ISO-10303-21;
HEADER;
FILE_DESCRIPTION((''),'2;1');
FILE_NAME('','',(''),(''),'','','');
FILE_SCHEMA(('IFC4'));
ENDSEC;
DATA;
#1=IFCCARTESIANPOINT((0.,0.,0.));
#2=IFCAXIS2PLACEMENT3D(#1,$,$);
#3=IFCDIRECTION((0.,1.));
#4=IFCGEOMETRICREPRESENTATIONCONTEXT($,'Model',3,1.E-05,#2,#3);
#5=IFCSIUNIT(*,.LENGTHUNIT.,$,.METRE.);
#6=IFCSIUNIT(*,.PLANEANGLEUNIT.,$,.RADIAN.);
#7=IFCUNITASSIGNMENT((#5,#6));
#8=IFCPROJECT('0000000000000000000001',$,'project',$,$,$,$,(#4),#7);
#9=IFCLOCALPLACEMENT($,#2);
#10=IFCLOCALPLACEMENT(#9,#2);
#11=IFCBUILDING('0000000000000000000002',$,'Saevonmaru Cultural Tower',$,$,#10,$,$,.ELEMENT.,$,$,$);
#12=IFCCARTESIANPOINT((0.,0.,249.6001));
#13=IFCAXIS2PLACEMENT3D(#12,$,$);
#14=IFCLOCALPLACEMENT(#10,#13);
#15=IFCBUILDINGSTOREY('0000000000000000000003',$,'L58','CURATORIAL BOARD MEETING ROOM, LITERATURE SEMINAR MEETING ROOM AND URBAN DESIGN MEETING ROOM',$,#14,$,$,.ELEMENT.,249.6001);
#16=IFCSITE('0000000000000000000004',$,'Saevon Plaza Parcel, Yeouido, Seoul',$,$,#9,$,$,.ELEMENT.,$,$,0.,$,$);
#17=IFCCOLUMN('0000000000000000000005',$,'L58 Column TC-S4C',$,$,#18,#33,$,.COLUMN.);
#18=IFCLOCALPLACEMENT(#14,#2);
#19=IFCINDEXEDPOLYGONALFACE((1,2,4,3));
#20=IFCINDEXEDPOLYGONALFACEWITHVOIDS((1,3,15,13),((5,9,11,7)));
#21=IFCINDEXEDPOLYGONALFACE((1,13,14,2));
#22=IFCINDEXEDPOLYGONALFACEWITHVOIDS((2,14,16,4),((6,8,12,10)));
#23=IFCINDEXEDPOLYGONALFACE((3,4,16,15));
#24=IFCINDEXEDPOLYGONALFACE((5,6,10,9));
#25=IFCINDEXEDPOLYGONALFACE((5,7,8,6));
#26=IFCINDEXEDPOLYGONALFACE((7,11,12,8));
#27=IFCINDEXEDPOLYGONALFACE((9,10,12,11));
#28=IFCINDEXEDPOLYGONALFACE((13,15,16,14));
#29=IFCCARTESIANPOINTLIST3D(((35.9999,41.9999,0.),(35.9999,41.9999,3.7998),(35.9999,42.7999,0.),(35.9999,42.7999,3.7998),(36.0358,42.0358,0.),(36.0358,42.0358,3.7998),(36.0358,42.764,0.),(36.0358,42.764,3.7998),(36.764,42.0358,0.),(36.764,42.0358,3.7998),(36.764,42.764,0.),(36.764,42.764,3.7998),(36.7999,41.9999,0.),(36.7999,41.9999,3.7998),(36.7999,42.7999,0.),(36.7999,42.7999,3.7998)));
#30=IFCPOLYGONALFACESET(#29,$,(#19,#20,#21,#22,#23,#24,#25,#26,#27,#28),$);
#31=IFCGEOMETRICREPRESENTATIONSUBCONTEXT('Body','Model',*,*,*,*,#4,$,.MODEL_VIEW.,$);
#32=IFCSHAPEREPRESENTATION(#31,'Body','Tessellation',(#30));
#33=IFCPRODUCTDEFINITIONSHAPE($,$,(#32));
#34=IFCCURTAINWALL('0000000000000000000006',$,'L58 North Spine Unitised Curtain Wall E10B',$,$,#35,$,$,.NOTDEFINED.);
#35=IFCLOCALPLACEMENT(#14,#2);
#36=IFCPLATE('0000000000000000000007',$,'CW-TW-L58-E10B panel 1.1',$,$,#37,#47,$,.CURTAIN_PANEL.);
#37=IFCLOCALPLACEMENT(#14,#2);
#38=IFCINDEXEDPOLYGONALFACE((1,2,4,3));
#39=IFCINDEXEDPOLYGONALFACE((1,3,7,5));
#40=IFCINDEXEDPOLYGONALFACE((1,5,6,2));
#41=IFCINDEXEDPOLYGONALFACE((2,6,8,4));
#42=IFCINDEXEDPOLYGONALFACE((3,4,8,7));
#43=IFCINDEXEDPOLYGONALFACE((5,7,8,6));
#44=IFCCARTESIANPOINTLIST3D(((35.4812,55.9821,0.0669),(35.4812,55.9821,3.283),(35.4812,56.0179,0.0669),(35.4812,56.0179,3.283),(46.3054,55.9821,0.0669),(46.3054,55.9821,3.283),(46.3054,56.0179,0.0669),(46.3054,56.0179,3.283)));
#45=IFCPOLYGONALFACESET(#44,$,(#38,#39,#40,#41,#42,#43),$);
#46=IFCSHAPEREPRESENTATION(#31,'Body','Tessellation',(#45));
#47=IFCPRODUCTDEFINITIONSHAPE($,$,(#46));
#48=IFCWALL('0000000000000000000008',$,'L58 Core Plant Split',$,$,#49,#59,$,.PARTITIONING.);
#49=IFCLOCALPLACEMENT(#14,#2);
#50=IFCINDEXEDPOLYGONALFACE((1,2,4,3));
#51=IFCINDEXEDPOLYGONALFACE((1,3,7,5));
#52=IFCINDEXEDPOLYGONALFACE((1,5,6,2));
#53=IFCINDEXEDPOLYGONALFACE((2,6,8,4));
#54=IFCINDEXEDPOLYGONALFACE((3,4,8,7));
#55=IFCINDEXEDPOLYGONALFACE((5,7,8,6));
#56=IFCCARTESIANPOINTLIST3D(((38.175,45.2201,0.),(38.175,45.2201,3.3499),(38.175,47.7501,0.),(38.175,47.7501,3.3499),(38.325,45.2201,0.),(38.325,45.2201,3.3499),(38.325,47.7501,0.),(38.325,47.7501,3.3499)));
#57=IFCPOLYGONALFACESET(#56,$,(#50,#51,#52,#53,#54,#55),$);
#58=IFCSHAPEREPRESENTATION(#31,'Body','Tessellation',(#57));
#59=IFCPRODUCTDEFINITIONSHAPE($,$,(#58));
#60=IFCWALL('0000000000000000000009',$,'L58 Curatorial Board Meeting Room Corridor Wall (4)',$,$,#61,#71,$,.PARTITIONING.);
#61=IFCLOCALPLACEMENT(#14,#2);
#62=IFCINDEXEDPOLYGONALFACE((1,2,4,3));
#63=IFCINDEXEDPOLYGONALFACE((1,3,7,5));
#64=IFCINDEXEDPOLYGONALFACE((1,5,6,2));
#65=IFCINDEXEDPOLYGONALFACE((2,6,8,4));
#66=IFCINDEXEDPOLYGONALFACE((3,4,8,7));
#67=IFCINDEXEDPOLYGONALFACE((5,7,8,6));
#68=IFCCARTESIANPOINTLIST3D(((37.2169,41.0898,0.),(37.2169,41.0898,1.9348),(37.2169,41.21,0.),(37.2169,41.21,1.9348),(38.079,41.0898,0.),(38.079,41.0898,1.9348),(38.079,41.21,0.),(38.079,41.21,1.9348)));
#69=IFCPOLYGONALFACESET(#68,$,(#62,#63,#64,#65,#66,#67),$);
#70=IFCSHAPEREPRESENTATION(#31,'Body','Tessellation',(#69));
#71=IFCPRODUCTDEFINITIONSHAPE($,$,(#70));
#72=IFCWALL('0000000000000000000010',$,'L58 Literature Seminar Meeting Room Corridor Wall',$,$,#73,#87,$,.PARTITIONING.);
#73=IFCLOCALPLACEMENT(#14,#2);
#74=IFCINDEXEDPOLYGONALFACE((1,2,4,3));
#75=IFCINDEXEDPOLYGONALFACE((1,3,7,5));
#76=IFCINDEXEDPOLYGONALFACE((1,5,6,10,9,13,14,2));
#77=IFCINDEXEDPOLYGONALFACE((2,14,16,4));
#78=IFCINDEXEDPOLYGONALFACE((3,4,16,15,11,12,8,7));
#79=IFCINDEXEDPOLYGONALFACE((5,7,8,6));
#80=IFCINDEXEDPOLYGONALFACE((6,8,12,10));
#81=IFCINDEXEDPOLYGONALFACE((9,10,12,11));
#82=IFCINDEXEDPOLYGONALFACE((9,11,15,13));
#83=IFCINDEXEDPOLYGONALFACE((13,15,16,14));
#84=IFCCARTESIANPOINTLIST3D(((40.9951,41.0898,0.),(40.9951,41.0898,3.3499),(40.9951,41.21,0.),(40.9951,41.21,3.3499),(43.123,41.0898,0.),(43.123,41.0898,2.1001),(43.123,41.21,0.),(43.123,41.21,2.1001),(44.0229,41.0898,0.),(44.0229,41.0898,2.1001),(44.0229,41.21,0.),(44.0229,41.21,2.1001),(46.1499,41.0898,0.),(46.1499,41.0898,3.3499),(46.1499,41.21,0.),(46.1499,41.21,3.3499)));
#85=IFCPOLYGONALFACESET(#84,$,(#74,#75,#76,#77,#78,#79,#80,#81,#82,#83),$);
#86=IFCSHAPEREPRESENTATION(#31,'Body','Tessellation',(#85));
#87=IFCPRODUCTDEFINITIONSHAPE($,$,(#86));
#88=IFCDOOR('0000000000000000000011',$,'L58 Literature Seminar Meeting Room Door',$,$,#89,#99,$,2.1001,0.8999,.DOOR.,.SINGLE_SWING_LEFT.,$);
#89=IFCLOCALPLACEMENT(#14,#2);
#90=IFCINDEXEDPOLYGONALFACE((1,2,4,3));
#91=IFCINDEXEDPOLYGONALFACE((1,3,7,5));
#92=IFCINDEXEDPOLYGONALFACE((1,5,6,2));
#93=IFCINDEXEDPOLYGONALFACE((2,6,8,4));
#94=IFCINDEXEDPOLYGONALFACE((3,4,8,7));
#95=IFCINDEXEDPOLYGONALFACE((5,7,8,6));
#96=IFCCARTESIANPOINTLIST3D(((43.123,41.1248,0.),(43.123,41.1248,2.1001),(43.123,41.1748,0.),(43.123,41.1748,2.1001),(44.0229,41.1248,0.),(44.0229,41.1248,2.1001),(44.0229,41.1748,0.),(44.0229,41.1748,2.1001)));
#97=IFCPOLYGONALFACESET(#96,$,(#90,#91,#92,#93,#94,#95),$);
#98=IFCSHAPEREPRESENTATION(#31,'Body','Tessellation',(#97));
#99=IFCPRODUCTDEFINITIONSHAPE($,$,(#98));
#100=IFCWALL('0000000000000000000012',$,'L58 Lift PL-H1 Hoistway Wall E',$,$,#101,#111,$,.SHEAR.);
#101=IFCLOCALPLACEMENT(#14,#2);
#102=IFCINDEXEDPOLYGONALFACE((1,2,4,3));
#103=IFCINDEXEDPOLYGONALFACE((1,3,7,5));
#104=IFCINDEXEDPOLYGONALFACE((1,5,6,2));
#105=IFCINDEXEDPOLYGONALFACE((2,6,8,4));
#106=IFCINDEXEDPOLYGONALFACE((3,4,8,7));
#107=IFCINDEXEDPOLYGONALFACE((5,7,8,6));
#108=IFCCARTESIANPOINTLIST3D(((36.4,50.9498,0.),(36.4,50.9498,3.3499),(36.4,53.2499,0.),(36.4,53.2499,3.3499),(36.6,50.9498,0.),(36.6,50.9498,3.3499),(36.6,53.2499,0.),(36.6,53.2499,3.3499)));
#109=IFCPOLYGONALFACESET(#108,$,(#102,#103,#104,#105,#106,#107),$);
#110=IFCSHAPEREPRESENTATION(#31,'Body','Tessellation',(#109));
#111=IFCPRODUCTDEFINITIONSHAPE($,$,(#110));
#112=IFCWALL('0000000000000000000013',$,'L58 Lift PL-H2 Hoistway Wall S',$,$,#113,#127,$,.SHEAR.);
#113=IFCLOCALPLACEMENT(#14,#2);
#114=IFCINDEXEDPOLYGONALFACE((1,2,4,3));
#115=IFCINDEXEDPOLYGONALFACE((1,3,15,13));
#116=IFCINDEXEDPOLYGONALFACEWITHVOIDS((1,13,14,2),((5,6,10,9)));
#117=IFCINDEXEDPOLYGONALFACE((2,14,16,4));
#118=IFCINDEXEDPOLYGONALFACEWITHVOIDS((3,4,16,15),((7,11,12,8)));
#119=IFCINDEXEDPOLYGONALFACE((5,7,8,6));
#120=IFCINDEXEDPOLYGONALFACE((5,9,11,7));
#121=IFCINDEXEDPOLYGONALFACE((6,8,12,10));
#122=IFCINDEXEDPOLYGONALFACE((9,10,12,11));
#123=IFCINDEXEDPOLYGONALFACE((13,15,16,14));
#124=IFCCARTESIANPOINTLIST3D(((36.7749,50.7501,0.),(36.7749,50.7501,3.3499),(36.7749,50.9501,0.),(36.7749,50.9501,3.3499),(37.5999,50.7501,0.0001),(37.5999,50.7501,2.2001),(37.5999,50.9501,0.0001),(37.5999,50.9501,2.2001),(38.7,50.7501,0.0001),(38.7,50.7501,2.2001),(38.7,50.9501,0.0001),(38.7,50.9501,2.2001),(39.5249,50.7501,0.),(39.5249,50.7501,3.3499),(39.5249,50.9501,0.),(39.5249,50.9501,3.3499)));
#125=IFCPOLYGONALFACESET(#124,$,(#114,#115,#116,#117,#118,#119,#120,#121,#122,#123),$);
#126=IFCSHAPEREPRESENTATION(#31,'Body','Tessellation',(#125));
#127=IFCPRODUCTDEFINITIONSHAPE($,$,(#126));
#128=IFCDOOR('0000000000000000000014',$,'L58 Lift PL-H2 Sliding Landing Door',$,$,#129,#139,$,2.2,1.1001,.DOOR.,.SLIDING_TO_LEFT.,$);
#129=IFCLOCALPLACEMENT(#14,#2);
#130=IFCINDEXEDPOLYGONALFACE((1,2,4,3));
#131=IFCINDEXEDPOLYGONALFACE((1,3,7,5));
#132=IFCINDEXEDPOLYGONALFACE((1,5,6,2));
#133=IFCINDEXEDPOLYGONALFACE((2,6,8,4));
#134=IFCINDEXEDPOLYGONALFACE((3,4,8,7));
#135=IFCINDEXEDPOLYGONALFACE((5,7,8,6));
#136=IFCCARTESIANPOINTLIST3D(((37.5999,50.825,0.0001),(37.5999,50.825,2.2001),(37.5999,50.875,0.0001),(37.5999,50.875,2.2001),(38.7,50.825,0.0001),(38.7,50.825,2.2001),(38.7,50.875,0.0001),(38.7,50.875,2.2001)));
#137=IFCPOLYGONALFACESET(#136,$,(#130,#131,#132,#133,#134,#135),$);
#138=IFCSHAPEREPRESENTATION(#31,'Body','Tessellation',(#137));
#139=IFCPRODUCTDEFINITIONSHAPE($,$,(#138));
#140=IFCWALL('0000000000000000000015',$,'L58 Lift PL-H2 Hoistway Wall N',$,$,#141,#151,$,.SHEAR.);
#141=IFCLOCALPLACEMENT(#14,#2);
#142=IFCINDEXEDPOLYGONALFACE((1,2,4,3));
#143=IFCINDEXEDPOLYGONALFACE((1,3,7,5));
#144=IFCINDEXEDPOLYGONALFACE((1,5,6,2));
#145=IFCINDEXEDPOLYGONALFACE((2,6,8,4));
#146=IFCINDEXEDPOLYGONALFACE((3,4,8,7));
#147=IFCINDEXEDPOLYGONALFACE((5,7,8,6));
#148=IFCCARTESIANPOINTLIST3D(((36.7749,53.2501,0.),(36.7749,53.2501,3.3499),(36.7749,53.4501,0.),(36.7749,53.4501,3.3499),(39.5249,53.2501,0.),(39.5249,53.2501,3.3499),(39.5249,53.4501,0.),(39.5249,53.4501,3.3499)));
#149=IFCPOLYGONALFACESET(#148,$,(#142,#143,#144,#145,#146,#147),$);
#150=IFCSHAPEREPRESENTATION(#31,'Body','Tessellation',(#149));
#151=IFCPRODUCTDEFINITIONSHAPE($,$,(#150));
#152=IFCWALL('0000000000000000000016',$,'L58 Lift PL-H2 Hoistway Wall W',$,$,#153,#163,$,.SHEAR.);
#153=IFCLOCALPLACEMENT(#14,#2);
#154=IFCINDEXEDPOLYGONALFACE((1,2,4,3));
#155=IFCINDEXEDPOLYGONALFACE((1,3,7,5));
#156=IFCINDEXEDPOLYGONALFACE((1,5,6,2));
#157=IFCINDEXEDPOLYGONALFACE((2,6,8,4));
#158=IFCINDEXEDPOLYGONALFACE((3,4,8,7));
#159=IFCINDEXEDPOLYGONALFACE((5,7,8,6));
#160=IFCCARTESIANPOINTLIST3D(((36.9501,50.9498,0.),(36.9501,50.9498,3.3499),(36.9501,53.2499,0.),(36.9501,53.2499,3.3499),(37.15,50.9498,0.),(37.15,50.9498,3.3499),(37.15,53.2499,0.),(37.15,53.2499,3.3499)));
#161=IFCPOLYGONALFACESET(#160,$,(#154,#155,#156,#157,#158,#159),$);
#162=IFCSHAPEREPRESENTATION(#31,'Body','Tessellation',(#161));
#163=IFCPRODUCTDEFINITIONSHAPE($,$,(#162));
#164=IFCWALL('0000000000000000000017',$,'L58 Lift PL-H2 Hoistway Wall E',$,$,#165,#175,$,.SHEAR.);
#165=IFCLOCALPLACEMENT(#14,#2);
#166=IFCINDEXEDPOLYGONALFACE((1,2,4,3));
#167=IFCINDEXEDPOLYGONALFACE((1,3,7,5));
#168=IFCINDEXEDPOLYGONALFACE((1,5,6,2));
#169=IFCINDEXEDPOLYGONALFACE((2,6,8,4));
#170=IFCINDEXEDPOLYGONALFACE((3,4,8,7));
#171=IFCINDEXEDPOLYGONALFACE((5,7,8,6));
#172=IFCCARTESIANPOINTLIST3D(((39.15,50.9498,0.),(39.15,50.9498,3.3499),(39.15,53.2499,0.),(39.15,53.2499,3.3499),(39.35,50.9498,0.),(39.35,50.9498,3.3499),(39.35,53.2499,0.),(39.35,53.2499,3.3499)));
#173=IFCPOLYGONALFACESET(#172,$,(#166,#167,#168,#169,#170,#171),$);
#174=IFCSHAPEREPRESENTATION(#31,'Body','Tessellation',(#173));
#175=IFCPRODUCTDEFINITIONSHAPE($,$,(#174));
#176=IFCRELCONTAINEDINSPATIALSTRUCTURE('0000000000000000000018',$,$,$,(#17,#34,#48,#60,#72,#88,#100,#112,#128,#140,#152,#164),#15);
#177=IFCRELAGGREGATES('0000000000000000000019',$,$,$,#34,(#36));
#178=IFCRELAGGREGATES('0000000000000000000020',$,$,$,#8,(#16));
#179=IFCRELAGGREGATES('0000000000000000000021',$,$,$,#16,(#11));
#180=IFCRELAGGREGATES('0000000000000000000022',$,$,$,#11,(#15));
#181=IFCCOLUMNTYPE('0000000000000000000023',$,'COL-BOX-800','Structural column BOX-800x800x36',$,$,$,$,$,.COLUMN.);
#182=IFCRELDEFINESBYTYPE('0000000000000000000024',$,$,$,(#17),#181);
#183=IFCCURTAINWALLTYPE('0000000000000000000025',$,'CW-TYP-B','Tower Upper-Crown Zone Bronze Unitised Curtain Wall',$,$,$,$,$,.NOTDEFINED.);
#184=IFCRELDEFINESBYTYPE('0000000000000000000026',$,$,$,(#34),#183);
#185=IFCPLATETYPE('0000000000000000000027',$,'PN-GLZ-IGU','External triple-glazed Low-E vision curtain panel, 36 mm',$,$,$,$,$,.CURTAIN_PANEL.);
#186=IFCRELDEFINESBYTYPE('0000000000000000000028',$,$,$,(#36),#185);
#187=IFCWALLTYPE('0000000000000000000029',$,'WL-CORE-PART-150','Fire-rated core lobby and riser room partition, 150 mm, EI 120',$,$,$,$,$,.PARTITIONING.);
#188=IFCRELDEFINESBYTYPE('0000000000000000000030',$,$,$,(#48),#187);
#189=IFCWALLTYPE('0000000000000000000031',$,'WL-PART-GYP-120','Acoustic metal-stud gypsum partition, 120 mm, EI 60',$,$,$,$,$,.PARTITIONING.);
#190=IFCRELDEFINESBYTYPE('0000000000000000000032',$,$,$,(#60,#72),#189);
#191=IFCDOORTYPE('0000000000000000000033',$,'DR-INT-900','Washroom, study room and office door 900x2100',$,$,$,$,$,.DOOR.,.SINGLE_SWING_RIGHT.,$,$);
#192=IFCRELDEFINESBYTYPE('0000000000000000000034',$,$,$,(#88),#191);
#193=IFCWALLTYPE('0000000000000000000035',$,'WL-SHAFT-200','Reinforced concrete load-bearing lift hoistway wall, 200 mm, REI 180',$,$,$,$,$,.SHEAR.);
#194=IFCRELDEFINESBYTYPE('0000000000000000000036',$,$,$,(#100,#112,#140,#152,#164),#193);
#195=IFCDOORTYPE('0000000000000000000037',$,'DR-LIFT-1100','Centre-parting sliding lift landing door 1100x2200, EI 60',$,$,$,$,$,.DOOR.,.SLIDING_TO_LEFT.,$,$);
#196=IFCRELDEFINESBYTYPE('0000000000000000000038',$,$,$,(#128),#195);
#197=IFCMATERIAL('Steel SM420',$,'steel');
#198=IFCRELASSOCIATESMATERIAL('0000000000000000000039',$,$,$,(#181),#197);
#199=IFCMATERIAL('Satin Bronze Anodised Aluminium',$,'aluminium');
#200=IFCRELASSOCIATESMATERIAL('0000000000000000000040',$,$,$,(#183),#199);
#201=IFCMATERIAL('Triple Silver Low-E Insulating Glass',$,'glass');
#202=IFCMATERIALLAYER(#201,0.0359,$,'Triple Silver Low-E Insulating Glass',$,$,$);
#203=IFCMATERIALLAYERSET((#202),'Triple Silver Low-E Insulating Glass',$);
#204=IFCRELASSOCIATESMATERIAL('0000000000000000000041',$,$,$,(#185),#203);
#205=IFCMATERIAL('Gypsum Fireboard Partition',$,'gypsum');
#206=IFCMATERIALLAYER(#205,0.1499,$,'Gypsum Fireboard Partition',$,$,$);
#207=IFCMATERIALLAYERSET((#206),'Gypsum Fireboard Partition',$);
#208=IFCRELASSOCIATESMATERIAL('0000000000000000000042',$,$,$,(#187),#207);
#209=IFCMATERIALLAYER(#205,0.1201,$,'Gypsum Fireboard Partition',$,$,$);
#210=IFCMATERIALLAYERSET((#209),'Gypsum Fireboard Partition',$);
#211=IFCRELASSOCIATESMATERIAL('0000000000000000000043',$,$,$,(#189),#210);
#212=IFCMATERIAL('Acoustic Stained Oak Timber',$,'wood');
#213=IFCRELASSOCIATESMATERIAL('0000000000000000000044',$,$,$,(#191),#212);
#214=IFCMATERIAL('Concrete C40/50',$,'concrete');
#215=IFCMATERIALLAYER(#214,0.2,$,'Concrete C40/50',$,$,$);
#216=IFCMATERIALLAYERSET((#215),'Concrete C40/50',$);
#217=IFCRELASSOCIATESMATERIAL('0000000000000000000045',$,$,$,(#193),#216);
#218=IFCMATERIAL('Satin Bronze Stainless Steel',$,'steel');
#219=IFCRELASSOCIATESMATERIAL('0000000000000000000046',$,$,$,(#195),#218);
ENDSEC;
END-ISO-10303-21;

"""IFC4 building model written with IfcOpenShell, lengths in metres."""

from ifc_helpers import new_model, si_unit, direction, frame, frame_2d, origin, origin_2d, place, context, subcontext, project, spatial, rectangle, hollow_rectangle, extrude, material, layer, layer_set, material_profile, profile_set, type_object, element, fill, aggregate, save


model = new_model("IFC4")

# Units and contexts
model_context = context("Model", 3, precision=1e-05, world=origin(), true_north=direction((0.0, 1.0)))
body_context = subcontext(model_context, "Body", "Model", "MODEL_VIEW")
ifc_project = project(units=[si_unit("LENGTHUNIT", "METRE"), si_unit("PLANEANGLEUNIT", "RADIAN")], contexts=[model_context])

# Site, building, storey
site_placement = place(None, origin())
site = spatial("IfcSite", under=ifc_project, at=site_placement, Name="Saevon Plaza Parcel, Yeouido, Seoul", CompositionType="ELEMENT", RefElevation=0.0)
building_placement = place(site_placement, origin())
building = spatial("IfcBuilding", under=site, at=building_placement, Name="Saevonmaru Cultural Tower", CompositionType="ELEMENT")
storey_placement = place(building_placement, frame((0.0, 0.0, 249.6001)))
storey = spatial("IfcBuildingStorey", under=building, at=storey_placement, Name="L58", Description="CURATORIAL BOARD MEETING ROOM, LITERATURE SEMINAR MEETING ROOM AND URBAN DESIGN MEETING ROOM", CompositionType="ELEMENT", Elevation=249.6001)

# Column
ifc_material_1 = material(Name="Steel SM420", Category="steel")
ifc_material_profile = material_profile(ifc_material_1, hollow_rectangle(XDim=0.8, YDim=0.8, WallThickness=0.0359, at=origin_2d()), Name="BOX-800x800x36")
ifc_profile_set = profile_set([ifc_material_profile], Name="Steel SM420")
column_type = type_object("IfcColumnType", Name="COL-BOX-800", Description="Structural column BOX-800x800x36", PredefinedType="COLUMN", material=ifc_profile_set)
column_placement = place(storey_placement, frame((36.3999, 42.3999, 0.0), z_axis=(0.0, 0.0, 1.0), x_axis=(1.0, 0.0, 0.0)))
element("IfcColumn", 1, at=column_placement, inside=storey, type_object=column_type, Name="L58 Column TC-S4C", PredefinedType="COLUMN", context=body_context, shape_type="SweptSolid", body=[
    extrude(hollow_rectangle(XDim=0.8, YDim=0.8, WallThickness=0.0359, at=origin_2d()), origin(), (0.0, 0.0, 1.0), 3.7998),
])

# Curtain wall, plate
ifc_material_2 = material(Name="Satin Bronze Anodised Aluminium", Category="aluminium")
curtain_wall_type = type_object("IfcCurtainWallType", Name="CW-TYP-B", Description="Tower Upper-Crown Zone Bronze Unitised Curtain Wall", PredefinedType="NOTDEFINED", material=ifc_material_2)
curtain_wall_placement = place(storey_placement, origin())
curtain_wall = element("IfcCurtainWall", 2, at=curtain_wall_placement, inside=storey, type_object=curtain_wall_type, Name="L58 North Spine Unitised Curtain Wall E10B", PredefinedType="NOTDEFINED")
ifc_material_3 = material(Name="Triple Silver Low-E Insulating Glass", Category="glass")
ifc_layer_1 = layer(ifc_material_3, 0.0359, Name="Triple Silver Low-E Insulating Glass")
ifc_layer_set_1 = layer_set([ifc_layer_1], Name="Triple Silver Low-E Insulating Glass")
plate_type = type_object("IfcPlateType", Name="PN-GLZ-IGU", Description="External triple-glazed Low-E vision curtain panel, 36 mm", PredefinedType="CURTAIN_PANEL", material=ifc_layer_set_1)
plate_placement = place(storey_placement, frame((40.8933, 56.0, 0.0669), z_axis=(0.0, 0.0, 1.0), x_axis=(-1.0, 0.0, 0.0)))
plate = element("IfcPlate", 3, at=plate_placement, type_object=plate_type, Name="CW-TW-L58-E10B panel 1.1", PredefinedType="CURTAIN_PANEL", context=body_context, shape_type="SweptSolid", body=[
    extrude(rectangle(XDim=10.8242, YDim=0.0359, at=origin_2d()), origin(), (0.0, 0.0, 1.0), 3.2161),
])
aggregate(curtain_wall, [plate])

# Walls
ifc_material_4 = material(Name="Gypsum Fireboard Partition", Category="gypsum")
ifc_layer_2 = layer(ifc_material_4, 0.1499, Name="Gypsum Fireboard Partition")
ifc_layer_set_2 = layer_set([ifc_layer_2], Name="Gypsum Fireboard Partition")
wall_type_1 = type_object("IfcWallType", Name="WL-CORE-PART-150", Description="Fire-rated core lobby and riser room partition, 150 mm, EI 120", PredefinedType="PARTITIONING", material=ifc_layer_set_2)
wall_1_placement = place(storey_placement, frame((38.25, 45.22, 0.0), z_axis=(0.0, 0.0, 1.0), x_axis=(0.0, 1.0, 0.0)))
element("IfcWall", 4, at=wall_1_placement, inside=storey, type_object=wall_type_1, Name="L58 Core Plant Split", PredefinedType="PARTITIONING", context=body_context, shape_type="SweptSolid", body=[
    extrude(rectangle(XDim=2.53, YDim=0.1499, at=frame_2d((1.2651, 0.0))), origin(), (0.0, 0.0, 1.0), 3.3499),
])
ifc_layer_3 = layer(ifc_material_4, 0.1201, Name="Gypsum Fireboard Partition")
ifc_layer_set_3 = layer_set([ifc_layer_3], Name="Gypsum Fireboard Partition")
wall_type_2 = type_object("IfcWallType", Name="WL-PART-GYP-120", Description="Acoustic metal-stud gypsum partition, 120 mm, EI 60", PredefinedType="PARTITIONING", material=ifc_layer_set_3)
wall_2_placement = place(storey_placement, frame((37.2168, 41.1499, 0.0), z_axis=(0.0, 0.0, 1.0), x_axis=(1.0, 0.0, 0.0)))
element("IfcWall", 5, at=wall_2_placement, inside=storey, type_object=wall_type_2, Name="L58 Curatorial Board Meeting Room Corridor Wall (4)", PredefinedType="PARTITIONING", context=body_context, shape_type="SweptSolid", body=[
    extrude(rectangle(XDim=0.8621, YDim=0.1201, at=frame_2d((0.4312, 0.0))), origin(), (0.0, 0.0, 1.0), 1.9348),
])

# Wall, opening, door
wall_3_placement = place(storey_placement, frame((40.9951, 41.1499, 0.0), z_axis=(0.0, 0.0, 1.0), x_axis=(1.0, 0.0, 0.0)))
wall_3 = element("IfcWall", 6, at=wall_3_placement, inside=storey, type_object=wall_type_2, Name="L58 Literature Seminar Meeting Room Corridor Wall", PredefinedType="PARTITIONING", context=body_context, shape_type="SweptSolid", body=[
    extrude(rectangle(XDim=5.1548, YDim=0.1201, at=frame_2d((2.5774, 0.0))), origin(), (0.0, 0.0, 1.0), 3.3499),
])
opening_1_placement = place(wall_3_placement, frame((2.1279, 0.0, 0.0)))
opening_1 = element("IfcOpeningElement", 7, at=opening_1_placement, cuts=wall_3, PredefinedType="OPENING", context=body_context, shape_type="SweptSolid", body=[
    extrude(rectangle(XDim=0.8999, YDim=2.1001, at=frame_2d((0.45, 1.05))), frame((0.0, 0.0701, 0.0), z_axis=(0.0, -1.0, 0.0), x_axis=(1.0, 0.0, 0.0)), (0.0, 0.0, 1.0), 0.1401),
])
ifc_material_5 = material(Name="Acoustic Stained Oak Timber", Category="wood")
door_type_1 = type_object("IfcDoorType", Name="DR-INT-900", Description="Washroom, study room and office door 900x2100", OperationType="SINGLE_SWING_RIGHT", PredefinedType="DOOR", material=ifc_material_5)
door_1_placement = place(opening_1_placement, origin())
door_1 = element("IfcDoor", 8, at=door_1_placement, inside=storey, type_object=door_type_1, Name="L58 Literature Seminar Meeting Room Door", OperationType="SINGLE_SWING_LEFT", OverallHeight=2.1001, OverallWidth=0.8999, PredefinedType="DOOR", context=body_context, shape_type="SweptSolid", body=[
    extrude(rectangle(XDim=0.8999, YDim=2.1001, at=frame_2d((0.45, 1.05))), frame((0.0, 0.0249, 0.0), z_axis=(0.0, -1.0, 0.0), x_axis=(1.0, 0.0, 0.0)), (0.0, 0.0, 1.0), 0.05),
])
fill(opening_1, door_1)

# Wall
ifc_material_6 = material(Name="Concrete C40/50", Category="concrete")
ifc_layer_4 = layer(ifc_material_6, 0.2, Name="Concrete C40/50")
ifc_layer_set_4 = layer_set([ifc_layer_4], Name="Concrete C40/50")
wall_type_3 = type_object("IfcWallType", Name="WL-SHAFT-200", Description="Reinforced concrete load-bearing lift hoistway wall, 200 mm, REI 180", PredefinedType="SHEAR", material=ifc_layer_set_4)
wall_4_placement = place(storey_placement, frame((36.5, 50.95, 0.0), z_axis=(0.0, 0.0, 1.0), x_axis=(0.0, 1.0, 0.0)))
element("IfcWall", 9, at=wall_4_placement, inside=storey, type_object=wall_type_3, Name="L58 Lift PL-H1 Hoistway Wall E", PredefinedType="SHEAR", context=body_context, shape_type="SweptSolid", body=[
    extrude(rectangle(XDim=2.3, YDim=0.2, at=frame_2d((1.1499, 0.0))), origin(), (0.0, 0.0, 1.0), 3.3499),
])

# Wall, opening, door
wall_5_placement = place(storey_placement, frame((36.7749, 50.8501, 0.0), z_axis=(0.0, 0.0, 1.0), x_axis=(1.0, 0.0, 0.0)))
wall_5 = element("IfcWall", 10, at=wall_5_placement, inside=storey, type_object=wall_type_3, Name="L58 Lift PL-H2 Hoistway Wall S", PredefinedType="SHEAR", context=body_context, shape_type="SweptSolid", body=[
    extrude(rectangle(XDim=2.75, YDim=0.2, at=frame_2d((1.375, 0.0))), origin(), (0.0, 0.0, 1.0), 3.3499),
])
opening_2_placement = place(wall_5_placement, frame((0.825, 0.0, 0.0)))
opening_2 = element("IfcOpeningElement", 11, at=opening_2_placement, cuts=wall_5, PredefinedType="OPENING", context=body_context, shape_type="SweptSolid", body=[
    extrude(rectangle(XDim=1.1001, YDim=2.2, at=frame_2d((0.55, 1.1001))), frame((0.0, 0.1099, 0.0), z_axis=(0.0, -1.0, 0.0), x_axis=(1.0, 0.0, 0.0)), (0.0, 0.0, 1.0), 0.22),
])
ifc_material_7 = material(Name="Satin Bronze Stainless Steel", Category="steel")
door_type_2 = type_object("IfcDoorType", Name="DR-LIFT-1100", Description="Centre-parting sliding lift landing door 1100x2200, EI 60", OperationType="SLIDING_TO_LEFT", PredefinedType="DOOR", material=ifc_material_7)
door_2_placement = place(opening_2_placement, origin())
door_2 = element("IfcDoor", 12, at=door_2_placement, inside=storey, type_object=door_type_2, Name="L58 Lift PL-H2 Sliding Landing Door", OperationType="SLIDING_TO_LEFT", OverallHeight=2.2, OverallWidth=1.1001, PredefinedType="DOOR", context=body_context, shape_type="SweptSolid", body=[
    extrude(rectangle(XDim=1.1001, YDim=2.2, at=frame_2d((0.55, 1.1001))), frame((0.0, 0.0249, 0.0), z_axis=(0.0, -1.0, 0.0), x_axis=(1.0, 0.0, 0.0)), (0.0, 0.0, 1.0), 0.05),
])
fill(opening_2, door_2)

# Walls
wall_6_placement = place(storey_placement, frame((36.7749, 53.3501, 0.0), z_axis=(0.0, 0.0, 1.0), x_axis=(1.0, 0.0, 0.0)))
element("IfcWall", 13, at=wall_6_placement, inside=storey, type_object=wall_type_3, Name="L58 Lift PL-H2 Hoistway Wall N", PredefinedType="SHEAR", context=body_context, shape_type="SweptSolid", body=[
    extrude(rectangle(XDim=2.75, YDim=0.2, at=frame_2d((1.375, 0.0))), origin(), (0.0, 0.0, 1.0), 3.3499),
])
for number, where, z_axis, x_axis, name in (
    (14, (37.05, 50.95, 0.0), (0.0, 0.0, 1.0), (0.0, 1.0, 0.0), "L58 Lift PL-H2 Hoistway Wall W"),
    (15, (39.25, 50.95, 0.0), (0.0, 0.0, 1.0), (0.0, 1.0, 0.0), "L58 Lift PL-H2 Hoistway Wall E"),
):
    element("IfcWall", number, at=place(storey_placement, frame(where, z_axis=z_axis, x_axis=x_axis)), inside=storey, type_object=wall_type_3, Name=name, PredefinedType="SHEAR", context=body_context, shape_type="SweptSolid", body=[
        extrude(rectangle(XDim=2.3, YDim=0.2, at=frame_2d((1.1499, 0.0))), origin(), (0.0, 0.0, 1.0), 3.3499),
    ])

save(model, "model.ifc")
